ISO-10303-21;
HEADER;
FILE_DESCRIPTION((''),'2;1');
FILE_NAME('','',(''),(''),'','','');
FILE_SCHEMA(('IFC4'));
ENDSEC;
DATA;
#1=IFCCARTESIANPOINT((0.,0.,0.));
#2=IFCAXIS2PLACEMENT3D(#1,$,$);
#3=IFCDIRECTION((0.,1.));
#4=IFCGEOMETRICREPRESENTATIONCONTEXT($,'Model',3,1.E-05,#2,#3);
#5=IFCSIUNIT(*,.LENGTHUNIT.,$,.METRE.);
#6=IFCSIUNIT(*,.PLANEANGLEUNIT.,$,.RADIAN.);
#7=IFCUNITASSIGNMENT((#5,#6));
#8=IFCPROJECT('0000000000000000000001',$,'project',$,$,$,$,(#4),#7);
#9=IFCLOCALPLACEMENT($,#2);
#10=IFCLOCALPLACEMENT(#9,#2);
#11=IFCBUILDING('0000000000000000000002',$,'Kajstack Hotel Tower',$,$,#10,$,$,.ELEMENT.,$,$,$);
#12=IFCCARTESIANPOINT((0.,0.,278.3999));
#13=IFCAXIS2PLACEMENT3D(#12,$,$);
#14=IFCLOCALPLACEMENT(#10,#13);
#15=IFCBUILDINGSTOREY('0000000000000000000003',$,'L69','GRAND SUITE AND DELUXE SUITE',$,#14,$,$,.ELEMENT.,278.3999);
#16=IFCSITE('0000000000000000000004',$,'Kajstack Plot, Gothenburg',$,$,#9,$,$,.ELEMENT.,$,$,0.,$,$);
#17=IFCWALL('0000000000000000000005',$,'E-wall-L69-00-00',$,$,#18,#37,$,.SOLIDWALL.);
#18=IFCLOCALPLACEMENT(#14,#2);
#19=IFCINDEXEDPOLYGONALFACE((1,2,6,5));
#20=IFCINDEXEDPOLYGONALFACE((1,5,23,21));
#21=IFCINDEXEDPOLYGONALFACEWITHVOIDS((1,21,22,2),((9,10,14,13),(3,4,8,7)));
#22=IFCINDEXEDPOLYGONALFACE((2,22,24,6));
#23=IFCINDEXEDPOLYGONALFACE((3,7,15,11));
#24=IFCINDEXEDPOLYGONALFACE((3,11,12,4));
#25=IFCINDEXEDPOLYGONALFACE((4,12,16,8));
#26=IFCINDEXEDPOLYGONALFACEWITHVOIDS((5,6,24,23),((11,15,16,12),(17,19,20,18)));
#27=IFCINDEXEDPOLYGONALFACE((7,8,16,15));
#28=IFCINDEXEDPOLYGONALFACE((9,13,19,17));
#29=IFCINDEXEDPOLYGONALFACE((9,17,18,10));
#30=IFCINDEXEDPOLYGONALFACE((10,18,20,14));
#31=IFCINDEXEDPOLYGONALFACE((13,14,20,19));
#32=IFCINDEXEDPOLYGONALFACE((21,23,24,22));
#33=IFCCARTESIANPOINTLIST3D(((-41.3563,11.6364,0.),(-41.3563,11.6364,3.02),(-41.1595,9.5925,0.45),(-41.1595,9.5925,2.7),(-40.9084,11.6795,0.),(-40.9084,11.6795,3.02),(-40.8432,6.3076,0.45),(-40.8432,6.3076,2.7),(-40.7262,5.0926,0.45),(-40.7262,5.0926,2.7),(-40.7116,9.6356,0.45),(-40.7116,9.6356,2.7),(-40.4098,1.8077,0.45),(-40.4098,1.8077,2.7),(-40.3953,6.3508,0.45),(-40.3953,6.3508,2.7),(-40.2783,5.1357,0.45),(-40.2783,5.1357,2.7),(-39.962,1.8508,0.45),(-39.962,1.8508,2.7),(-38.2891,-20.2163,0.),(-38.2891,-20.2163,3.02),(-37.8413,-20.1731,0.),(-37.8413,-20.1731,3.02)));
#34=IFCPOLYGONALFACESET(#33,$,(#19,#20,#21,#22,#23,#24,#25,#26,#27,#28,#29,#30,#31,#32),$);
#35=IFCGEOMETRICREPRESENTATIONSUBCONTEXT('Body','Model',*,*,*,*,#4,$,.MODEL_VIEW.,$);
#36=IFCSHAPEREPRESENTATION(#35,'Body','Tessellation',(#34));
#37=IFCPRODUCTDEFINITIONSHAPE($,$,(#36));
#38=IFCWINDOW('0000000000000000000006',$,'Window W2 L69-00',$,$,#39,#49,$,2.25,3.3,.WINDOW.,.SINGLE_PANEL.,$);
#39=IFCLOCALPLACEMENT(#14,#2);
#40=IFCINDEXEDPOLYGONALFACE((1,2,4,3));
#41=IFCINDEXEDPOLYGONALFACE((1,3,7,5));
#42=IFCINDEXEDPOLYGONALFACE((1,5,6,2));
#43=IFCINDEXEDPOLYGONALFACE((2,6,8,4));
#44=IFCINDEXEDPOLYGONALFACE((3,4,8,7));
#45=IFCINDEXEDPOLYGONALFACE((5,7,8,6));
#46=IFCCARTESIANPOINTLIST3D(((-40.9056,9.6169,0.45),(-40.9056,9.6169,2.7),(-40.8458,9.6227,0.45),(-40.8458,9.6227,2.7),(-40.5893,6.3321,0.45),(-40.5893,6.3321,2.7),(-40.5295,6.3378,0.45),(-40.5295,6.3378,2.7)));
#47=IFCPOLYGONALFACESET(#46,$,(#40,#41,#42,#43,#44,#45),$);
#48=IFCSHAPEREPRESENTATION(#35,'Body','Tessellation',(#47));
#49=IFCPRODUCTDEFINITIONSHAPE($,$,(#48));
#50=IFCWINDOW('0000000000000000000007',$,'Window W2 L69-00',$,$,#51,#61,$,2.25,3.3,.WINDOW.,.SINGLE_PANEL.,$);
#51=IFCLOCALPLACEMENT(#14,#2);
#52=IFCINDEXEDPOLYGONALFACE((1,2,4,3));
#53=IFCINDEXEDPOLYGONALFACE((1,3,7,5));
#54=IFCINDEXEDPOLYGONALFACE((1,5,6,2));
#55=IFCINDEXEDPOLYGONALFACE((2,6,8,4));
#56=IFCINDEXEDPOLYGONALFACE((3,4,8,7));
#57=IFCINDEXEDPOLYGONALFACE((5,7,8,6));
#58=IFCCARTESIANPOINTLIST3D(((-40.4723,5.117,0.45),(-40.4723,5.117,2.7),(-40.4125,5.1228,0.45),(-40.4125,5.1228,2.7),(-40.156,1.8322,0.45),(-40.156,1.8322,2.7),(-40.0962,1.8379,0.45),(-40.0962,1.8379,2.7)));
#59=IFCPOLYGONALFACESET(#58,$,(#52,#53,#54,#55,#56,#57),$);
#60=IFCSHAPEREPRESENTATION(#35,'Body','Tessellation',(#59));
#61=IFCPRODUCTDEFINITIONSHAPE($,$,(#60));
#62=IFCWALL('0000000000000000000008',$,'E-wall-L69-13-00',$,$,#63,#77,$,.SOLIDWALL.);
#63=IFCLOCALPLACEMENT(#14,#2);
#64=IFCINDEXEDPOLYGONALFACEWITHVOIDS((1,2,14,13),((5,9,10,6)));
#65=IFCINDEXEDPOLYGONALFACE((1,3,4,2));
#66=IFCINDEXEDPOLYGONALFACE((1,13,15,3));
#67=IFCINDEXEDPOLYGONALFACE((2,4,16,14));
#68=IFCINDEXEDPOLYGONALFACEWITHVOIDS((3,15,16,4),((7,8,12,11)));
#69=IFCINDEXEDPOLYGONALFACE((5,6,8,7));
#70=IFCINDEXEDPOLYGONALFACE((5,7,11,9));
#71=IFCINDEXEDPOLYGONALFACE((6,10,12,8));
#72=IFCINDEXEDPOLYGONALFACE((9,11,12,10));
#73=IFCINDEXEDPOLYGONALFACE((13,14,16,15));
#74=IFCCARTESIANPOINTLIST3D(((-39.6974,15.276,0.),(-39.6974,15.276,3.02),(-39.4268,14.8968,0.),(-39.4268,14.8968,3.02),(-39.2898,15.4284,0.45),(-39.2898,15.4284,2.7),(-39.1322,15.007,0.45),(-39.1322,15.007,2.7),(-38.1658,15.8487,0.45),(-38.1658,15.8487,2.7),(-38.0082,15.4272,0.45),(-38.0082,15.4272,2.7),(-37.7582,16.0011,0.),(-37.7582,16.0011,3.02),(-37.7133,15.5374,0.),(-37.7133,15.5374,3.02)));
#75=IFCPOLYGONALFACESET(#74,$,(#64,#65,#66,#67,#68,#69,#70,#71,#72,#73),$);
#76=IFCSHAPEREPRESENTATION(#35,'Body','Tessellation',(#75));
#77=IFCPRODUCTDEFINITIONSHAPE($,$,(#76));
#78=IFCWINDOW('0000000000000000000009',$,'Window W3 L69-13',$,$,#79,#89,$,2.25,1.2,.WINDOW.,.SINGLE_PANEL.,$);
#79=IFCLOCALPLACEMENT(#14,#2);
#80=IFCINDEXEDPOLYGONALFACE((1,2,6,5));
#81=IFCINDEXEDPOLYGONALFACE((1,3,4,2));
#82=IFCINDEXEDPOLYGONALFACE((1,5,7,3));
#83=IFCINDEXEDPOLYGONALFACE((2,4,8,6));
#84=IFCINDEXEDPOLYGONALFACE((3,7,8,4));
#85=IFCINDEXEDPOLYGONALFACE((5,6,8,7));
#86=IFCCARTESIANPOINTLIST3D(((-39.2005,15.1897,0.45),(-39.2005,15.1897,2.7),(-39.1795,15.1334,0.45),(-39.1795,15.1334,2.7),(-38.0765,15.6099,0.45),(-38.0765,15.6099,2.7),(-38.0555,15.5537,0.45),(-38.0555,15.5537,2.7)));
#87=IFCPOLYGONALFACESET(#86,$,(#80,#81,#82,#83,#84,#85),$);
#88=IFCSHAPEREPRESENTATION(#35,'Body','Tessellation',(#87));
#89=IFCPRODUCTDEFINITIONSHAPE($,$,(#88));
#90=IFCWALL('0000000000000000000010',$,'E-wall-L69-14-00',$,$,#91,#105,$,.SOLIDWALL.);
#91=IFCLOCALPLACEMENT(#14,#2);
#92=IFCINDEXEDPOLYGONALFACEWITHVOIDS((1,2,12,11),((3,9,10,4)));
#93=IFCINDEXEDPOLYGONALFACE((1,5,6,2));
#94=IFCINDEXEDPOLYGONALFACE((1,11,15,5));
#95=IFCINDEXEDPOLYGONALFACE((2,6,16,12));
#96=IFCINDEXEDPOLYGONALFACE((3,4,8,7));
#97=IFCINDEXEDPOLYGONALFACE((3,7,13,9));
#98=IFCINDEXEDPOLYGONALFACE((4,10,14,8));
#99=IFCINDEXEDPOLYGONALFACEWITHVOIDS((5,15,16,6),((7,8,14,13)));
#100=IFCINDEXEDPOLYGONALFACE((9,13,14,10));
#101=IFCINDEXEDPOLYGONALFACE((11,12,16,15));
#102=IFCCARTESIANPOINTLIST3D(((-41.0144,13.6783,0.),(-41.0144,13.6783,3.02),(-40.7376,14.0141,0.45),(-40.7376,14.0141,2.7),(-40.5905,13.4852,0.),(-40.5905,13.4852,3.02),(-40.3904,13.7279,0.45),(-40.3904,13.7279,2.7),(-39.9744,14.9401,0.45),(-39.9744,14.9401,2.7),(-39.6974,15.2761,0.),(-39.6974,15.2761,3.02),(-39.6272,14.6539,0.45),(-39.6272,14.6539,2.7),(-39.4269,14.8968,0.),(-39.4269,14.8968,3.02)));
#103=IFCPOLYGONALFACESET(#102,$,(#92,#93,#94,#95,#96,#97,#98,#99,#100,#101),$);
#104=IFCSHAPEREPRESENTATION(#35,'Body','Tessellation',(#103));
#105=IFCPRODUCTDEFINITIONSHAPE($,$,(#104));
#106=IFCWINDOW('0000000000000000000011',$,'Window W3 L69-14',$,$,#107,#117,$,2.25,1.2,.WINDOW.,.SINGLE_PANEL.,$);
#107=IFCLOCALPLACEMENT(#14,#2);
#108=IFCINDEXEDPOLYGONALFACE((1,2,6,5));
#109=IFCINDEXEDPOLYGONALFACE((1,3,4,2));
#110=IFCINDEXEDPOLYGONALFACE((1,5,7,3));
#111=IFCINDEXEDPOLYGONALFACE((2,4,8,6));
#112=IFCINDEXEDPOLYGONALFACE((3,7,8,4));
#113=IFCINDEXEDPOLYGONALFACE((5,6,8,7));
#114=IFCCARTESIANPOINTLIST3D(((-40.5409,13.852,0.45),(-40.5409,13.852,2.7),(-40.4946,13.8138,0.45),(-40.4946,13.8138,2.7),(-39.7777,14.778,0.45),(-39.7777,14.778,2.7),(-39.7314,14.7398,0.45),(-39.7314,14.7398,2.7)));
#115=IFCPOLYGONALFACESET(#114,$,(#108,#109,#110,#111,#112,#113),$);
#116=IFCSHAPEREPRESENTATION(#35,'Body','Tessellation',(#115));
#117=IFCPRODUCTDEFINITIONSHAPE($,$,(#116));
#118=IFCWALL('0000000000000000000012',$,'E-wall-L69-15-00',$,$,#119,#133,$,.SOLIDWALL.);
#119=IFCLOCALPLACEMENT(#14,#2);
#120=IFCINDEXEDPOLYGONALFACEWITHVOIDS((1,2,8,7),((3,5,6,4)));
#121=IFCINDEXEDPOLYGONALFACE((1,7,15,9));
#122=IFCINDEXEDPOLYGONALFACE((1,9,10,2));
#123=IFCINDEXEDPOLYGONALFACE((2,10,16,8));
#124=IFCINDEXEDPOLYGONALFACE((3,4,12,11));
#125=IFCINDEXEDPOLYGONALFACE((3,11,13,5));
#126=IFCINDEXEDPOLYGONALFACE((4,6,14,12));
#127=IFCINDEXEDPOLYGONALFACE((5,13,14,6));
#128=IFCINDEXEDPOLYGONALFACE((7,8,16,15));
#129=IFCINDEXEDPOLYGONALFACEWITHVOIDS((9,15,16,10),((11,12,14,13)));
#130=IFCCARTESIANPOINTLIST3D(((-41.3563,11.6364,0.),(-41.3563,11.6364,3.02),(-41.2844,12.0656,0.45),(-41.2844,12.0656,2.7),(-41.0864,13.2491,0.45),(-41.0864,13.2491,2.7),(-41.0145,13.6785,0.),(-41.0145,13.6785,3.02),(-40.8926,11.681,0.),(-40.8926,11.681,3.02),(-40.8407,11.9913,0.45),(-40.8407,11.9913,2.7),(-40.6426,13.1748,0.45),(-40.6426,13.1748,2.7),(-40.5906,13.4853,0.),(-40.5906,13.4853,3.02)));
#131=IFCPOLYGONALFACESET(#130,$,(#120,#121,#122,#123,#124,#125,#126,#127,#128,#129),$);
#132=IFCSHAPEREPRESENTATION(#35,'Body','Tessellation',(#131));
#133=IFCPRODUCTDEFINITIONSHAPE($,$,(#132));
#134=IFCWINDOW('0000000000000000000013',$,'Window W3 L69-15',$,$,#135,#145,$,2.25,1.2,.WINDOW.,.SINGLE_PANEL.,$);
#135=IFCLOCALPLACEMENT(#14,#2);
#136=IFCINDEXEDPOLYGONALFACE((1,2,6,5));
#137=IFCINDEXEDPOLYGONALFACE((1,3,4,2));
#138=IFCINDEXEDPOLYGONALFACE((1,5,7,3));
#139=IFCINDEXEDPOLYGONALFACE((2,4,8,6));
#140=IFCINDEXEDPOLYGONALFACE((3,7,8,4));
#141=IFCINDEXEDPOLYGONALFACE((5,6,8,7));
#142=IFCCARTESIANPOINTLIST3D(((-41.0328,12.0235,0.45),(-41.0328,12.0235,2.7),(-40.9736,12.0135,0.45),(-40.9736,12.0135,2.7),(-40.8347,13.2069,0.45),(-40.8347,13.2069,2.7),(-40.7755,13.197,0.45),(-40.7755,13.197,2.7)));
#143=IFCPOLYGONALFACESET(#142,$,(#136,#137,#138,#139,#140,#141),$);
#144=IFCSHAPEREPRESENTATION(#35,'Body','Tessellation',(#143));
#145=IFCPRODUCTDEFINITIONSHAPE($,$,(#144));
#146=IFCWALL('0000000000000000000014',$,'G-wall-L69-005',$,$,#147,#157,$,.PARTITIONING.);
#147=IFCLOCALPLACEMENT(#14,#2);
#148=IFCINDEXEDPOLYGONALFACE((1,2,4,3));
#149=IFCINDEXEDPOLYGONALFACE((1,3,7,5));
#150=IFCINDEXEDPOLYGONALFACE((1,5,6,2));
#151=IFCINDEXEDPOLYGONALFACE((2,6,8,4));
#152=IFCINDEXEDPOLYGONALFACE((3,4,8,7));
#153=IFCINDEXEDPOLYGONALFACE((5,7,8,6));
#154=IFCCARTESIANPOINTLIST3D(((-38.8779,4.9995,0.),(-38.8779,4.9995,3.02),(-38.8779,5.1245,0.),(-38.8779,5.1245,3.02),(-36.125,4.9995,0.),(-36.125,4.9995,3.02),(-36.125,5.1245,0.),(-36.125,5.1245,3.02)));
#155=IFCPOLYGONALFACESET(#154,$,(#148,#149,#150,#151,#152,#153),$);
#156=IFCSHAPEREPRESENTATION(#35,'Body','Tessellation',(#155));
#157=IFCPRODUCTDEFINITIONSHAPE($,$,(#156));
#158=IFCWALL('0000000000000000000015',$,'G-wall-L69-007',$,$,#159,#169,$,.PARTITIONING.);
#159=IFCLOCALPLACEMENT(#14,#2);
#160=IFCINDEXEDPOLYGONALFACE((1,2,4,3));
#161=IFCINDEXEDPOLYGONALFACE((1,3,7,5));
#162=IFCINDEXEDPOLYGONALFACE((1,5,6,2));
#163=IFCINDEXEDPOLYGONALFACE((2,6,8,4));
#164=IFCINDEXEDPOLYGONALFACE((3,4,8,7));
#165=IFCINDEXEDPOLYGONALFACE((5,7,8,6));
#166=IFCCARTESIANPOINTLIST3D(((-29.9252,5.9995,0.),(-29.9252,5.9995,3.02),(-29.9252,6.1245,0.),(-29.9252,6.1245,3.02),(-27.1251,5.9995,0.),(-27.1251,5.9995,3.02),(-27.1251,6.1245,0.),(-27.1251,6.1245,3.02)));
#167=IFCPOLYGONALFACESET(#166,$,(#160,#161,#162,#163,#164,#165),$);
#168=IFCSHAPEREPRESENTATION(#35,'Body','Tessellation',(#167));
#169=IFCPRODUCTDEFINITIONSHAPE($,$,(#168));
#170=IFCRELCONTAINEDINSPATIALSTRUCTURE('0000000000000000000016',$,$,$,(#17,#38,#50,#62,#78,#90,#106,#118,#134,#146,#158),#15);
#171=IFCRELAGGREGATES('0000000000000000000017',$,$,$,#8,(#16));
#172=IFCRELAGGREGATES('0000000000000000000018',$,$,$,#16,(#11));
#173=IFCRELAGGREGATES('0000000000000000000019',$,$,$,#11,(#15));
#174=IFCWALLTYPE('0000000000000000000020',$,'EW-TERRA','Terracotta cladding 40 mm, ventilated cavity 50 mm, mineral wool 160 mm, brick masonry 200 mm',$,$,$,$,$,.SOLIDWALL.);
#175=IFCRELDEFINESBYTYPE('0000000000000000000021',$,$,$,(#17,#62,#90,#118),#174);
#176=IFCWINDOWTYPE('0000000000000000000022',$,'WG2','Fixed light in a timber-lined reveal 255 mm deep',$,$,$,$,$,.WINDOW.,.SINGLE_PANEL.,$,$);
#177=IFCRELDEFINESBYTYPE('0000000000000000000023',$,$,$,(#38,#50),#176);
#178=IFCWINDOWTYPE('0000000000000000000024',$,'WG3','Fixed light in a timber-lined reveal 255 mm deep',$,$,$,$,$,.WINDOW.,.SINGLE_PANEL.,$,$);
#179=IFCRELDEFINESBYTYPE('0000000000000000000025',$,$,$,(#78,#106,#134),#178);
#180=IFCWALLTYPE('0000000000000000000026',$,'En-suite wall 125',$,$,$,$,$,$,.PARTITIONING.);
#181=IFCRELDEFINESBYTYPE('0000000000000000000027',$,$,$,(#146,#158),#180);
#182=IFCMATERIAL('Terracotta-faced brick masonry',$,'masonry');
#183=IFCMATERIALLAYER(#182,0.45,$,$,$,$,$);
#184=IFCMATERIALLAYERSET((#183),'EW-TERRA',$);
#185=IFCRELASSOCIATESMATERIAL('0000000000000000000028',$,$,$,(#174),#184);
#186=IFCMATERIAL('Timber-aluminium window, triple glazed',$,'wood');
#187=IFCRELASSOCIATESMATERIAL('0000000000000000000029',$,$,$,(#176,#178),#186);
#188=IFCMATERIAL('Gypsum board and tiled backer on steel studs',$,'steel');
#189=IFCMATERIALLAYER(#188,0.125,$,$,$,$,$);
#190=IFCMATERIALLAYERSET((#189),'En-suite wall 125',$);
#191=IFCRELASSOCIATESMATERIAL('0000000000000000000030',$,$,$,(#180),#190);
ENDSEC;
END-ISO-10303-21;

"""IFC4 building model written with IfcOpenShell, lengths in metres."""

from ifc_helpers import new_model, si_unit, direction, frame, frame_2d, origin, place, context, subcontext, project, spatial, polyline, rectangle, outline, extrude, material, layer, layer_set, type_object, element, fill, save


model = new_model("IFC4")

# Units and contexts
model_context = context("Model", 3, precision=1e-05, world=origin(), true_north=direction((0.0, 1.0)))
body_context = subcontext(model_context, "Body", "Model", "MODEL_VIEW")
ifc_project = project(units=[si_unit("LENGTHUNIT", "METRE"), si_unit("PLANEANGLEUNIT", "RADIAN")], contexts=[model_context])

# Site, building, storey
site_placement = place(None, origin())
site = spatial("IfcSite", under=ifc_project, at=site_placement, Name="Kajstack Plot, Gothenburg", CompositionType="ELEMENT", RefElevation=0.0)
building_placement = place(site_placement, origin())
building = spatial("IfcBuilding", under=site, at=building_placement, Name="Kajstack Hotel Tower", CompositionType="ELEMENT")
storey_placement = place(building_placement, frame((0.0, 0.0, 278.3999)))
storey = spatial("IfcBuildingStorey", under=building, at=storey_placement, Name="L69", Description="GRAND SUITE AND DELUXE SUITE", CompositionType="ELEMENT", Elevation=278.3999)

# Wall, openings, windows
ifc_material_1 = material(Name="Terracotta-faced brick masonry", Category="masonry")
ifc_layer_1 = layer(ifc_material_1, 0.45)
ifc_layer_set_1 = layer_set([ifc_layer_1], Name="EW-TERRA")
wall_type_1 = type_object("IfcWallType", Name="EW-TERRA", Description="Terracotta cladding 40 mm, ventilated cavity 50 mm, mineral wool 160 mm, brick masonry 200 mm", PredefinedType="SOLIDWALL", material=ifc_layer_set_1)
wall_1_placement = place(storey_placement, frame((-41.1323, 11.658, 0.0), z_axis=(0.0, 0.0, 1.0), x_axis=(0.095848, -0.995396, 0.0)))
wall_1 = element("IfcWall", 1, at=wall_1_placement, inside=storey, type_object=wall_type_1, Name="E-wall-L69-00-00", PredefinedType="SOLIDWALL", context=body_context, shape_type="SweptSolid", body=[
    extrude(rectangle(XDim=32.0, YDim=0.45, at=frame_2d((16.0, 0.0))), origin(), (0.0, 0.0, 1.0), 3.02),
])
opening_1_placement = place(wall_1_placement, frame((2.0535, 0.0, 0.45)))
opening_1 = element("IfcOpeningElement", 2, at=opening_1_placement, cuts=wall_1, PredefinedType="OPENING", context=body_context, shape_type="SweptSolid", body=[
    extrude(rectangle(XDim=3.3, YDim=2.25, at=frame_2d((1.6499, 1.125))), frame((0.0, 0.2349, 0.0), z_axis=(0.0, -1.0, 0.0), x_axis=(1.0, 0.0, 0.0)), (0.0, 0.0, 1.0), 0.47),
])
opening_2_placement = place(wall_1_placement, frame((6.5742, 0.0, 0.45)))
opening_2 = element("IfcOpeningElement", 3, at=opening_2_placement, cuts=wall_1, PredefinedType="OPENING", context=body_context, shape_type="SweptSolid", body=[
    extrude(rectangle(XDim=3.3, YDim=2.25, at=frame_2d((1.6499, 1.125))), frame((0.0, 0.2349, 0.0), z_axis=(0.0, -1.0, 0.0), x_axis=(1.0, 0.0, 0.0)), (0.0, 0.0, 1.0), 0.47),
])
ifc_material_2 = material(Name="Timber-aluminium window, triple glazed", Category="wood")
window_type_1 = type_object("IfcWindowType", Name="WG2", Description="Fixed light in a timber-lined reveal 255 mm deep", PartitioningType="SINGLE_PANEL", PredefinedType="WINDOW", material=ifc_material_2)
window_1_placement = place(opening_1_placement, origin())
window_1 = element("IfcWindow", 4, at=window_1_placement, inside=storey, type_object=window_type_1, Name="Window W2 L69-00", OverallHeight=2.25, OverallWidth=3.3, PartitioningType="SINGLE_PANEL", PredefinedType="WINDOW", context=body_context, shape_type="SweptSolid", body=[
    extrude(rectangle(XDim=3.3, YDim=2.25, at=frame_2d((1.6499, 1.125))), frame((0.0, 0.0901, 0.0), z_axis=(0.0, -1.0, 0.0), x_axis=(1.0, 0.0, 0.0)), (0.0, 0.0, 1.0), 0.0601),
])
fill(opening_1, window_1)
window_2_placement = place(opening_2_placement, origin())
window_2 = element("IfcWindow", 5, at=window_2_placement, inside=storey, type_object=window_type_1, Name="Window W2 L69-00", OverallHeight=2.25, OverallWidth=3.3, PartitioningType="SINGLE_PANEL", PredefinedType="WINDOW", context=body_context, shape_type="SweptSolid", body=[
    extrude(rectangle(XDim=3.3, YDim=2.25, at=frame_2d((1.6499, 1.125))), frame((0.0, 0.0901, 0.0), z_axis=(0.0, -1.0, 0.0), x_axis=(1.0, 0.0, 0.0)), (0.0, 0.0, 1.0), 0.0601),
])
fill(opening_2, window_2)

# Walls, openings, windows
wall_2_placement = place(storey_placement, frame((-37.6792, 15.7905, 0.0), z_axis=(0.0, 0.0, 1.0), x_axis=(-0.936678, -0.350193, 0.0)))
wall_2 = element("IfcWall", 6, at=wall_2_placement, inside=storey, type_object=wall_type_1, Name="E-wall-L69-13-00", PredefinedType="SOLIDWALL", context=body_context, shape_type="SweptSolid", body=[
    extrude(outline(polyline([(0.0002, -0.2249), (2.0706, -0.2249), (1.95, 0.2251), (0.1206, 0.2251), (0.0002, -0.2249)])), origin(), (0.0, 0.0, 1.0), 3.02),
])
opening_3_placement = place(wall_2_placement, frame((0.4353, 0.0, 0.45)))
opening_3 = element("IfcOpeningElement", 7, at=opening_3_placement, cuts=wall_2, PredefinedType="OPENING", context=body_context, shape_type="SweptSolid", body=[
    extrude(rectangle(XDim=1.2, YDim=2.25, at=frame_2d((0.6001, 1.125))), frame((0.0, 0.2349, 0.0), z_axis=(0.0, -1.0, 0.0), x_axis=(1.0, 0.0, 0.0)), (0.0, 0.0, 1.0), 0.47),
])
window_type_2 = type_object("IfcWindowType", Name="WG3", Description="Fixed light in a timber-lined reveal 255 mm deep", PartitioningType="SINGLE_PANEL", PredefinedType="WINDOW", material=ifc_material_2)
window_3_placement = place(opening_3_placement, origin())
window_3 = element("IfcWindow", 8, at=window_3_placement, inside=storey, type_object=window_type_2, Name="Window W3 L69-13", OverallHeight=2.25, OverallWidth=1.2, PartitioningType="SINGLE_PANEL", PredefinedType="WINDOW", context=body_context, shape_type="SweptSolid", body=[
    extrude(rectangle(XDim=1.2, YDim=2.25, at=frame_2d((0.6001, 1.125))), frame((0.0, 0.0901, 0.0), z_axis=(0.0, -1.0, 0.0), x_axis=(1.0, 0.0, 0.0)), (0.0, 0.0, 1.0), 0.0601),
])
fill(opening_3, window_3)
wall_3_placement = place(storey_placement, frame((-39.5239, 15.1331, 0.0), z_axis=(0.0, 0.0, 1.0), x_axis=(-0.636046, -0.771651, 0.0)))
wall_3 = element("IfcWall", 9, at=wall_3_placement, inside=storey, type_object=wall_type_1, Name="E-wall-L69-14-00", PredefinedType="SOLIDWALL", context=body_context, shape_type="SweptSolid", body=[
    extrude(outline(polyline([(0.0, -0.2249), (2.0706, -0.2249), (1.95, 0.2251), (0.1206, 0.2251), (0.0, -0.2249)])), origin(), (0.0, 0.0, 1.0), 3.02),
])
opening_4_placement = place(wall_3_placement, frame((0.4353, 0.0, 0.45)))
opening_4 = element("IfcOpeningElement", 10, at=opening_4_placement, cuts=wall_3, PredefinedType="OPENING", context=body_context, shape_type="SweptSolid", body=[
    extrude(rectangle(XDim=1.2, YDim=2.25, at=frame_2d((0.6001, 1.125))), frame((0.0, 0.2349, 0.0), z_axis=(0.0, -1.0, 0.0), x_axis=(1.0, 0.0, 0.0)), (0.0, 0.0, 1.0), 0.47),
])
window_4_placement = place(opening_4_placement, origin())
window_4 = element("IfcWindow", 11, at=window_4_placement, inside=storey, type_object=window_type_2, Name="Window W3 L69-14", OverallHeight=2.25, OverallWidth=1.2, PartitioningType="SINGLE_PANEL", PredefinedType="WINDOW", context=body_context, shape_type="SweptSolid", body=[
    extrude(rectangle(XDim=1.2, YDim=2.25, at=frame_2d((0.6001, 1.125))), frame((0.0, 0.0901, 0.0), z_axis=(0.0, -1.0, 0.0), x_axis=(1.0, 0.0, 0.0)), (0.0, 0.0, 1.0), 0.0601),
])
fill(opening_4, window_4)
wall_4_placement = place(storey_placement, frame((-40.7925, 13.6414, 0.0), z_axis=(0.0, 0.0, 1.0), x_axis=(-0.165068, -0.986282, 0.0)))
wall_4 = element("IfcWall", 12, at=wall_4_placement, inside=storey, type_object=wall_type_1, Name="E-wall-L69-15-00", PredefinedType="SOLIDWALL", context=body_context, shape_type="SweptSolid", body=[
    extrude(outline(polyline([(0.0, -0.2251), (2.0706, -0.2251), (1.95, 0.2249), (0.1206, 0.2249), (0.0, -0.2251)])), origin(), (0.0, 0.0, 1.0), 3.02),
])
opening_5_placement = place(wall_4_placement, frame((0.4353, 0.0, 0.45)))
opening_5 = element("IfcOpeningElement", 13, at=opening_5_placement, cuts=wall_4, PredefinedType="OPENING", context=body_context, shape_type="SweptSolid", body=[
    extrude(rectangle(XDim=1.2, YDim=2.25, at=frame_2d((0.6001, 1.125))), frame((0.0, 0.2349, 0.0), z_axis=(0.0, -1.0, 0.0), x_axis=(1.0, 0.0, 0.0)), (0.0, 0.0, 1.0), 0.47),
])
window_5_placement = place(opening_5_placement, origin())
window_5 = element("IfcWindow", 14, at=window_5_placement, inside=storey, type_object=window_type_2, Name="Window W3 L69-15", OverallHeight=2.25, OverallWidth=1.2, PartitioningType="SINGLE_PANEL", PredefinedType="WINDOW", context=body_context, shape_type="SweptSolid", body=[
    extrude(rectangle(XDim=1.2, YDim=2.25, at=frame_2d((0.6001, 1.125))), frame((0.0, 0.0901, 0.0), z_axis=(0.0, -1.0, 0.0), x_axis=(1.0, 0.0, 0.0)), (0.0, 0.0, 1.0), 0.0601),
])
fill(opening_5, window_5)

# Walls
ifc_material_3 = material(Name="Gypsum board and tiled backer on steel studs", Category="steel")
ifc_layer_2 = layer(ifc_material_3, 0.125)
ifc_layer_set_2 = layer_set([ifc_layer_2], Name="En-suite wall 125")
wall_type_2 = type_object("IfcWallType", Name="En-suite wall 125", PredefinedType="PARTITIONING", material=ifc_layer_set_2)
wall_5_placement = place(storey_placement, frame((-38.8779, 5.062, 0.0), z_axis=(0.0, 0.0, 1.0), x_axis=(1.0, 0.0, 0.0)))
element("IfcWall", 15, at=wall_5_placement, inside=storey, type_object=wall_type_2, Name="G-wall-L69-005", PredefinedType="PARTITIONING", context=body_context, shape_type="SweptSolid", body=[
    extrude(rectangle(XDim=2.7529, YDim=0.125, at=frame_2d((1.3765, 0.0))), origin(), (0.0, 0.0, 1.0), 3.02),
])
wall_6_placement = place(storey_placement, frame((-29.925, 6.062, 0.0), z_axis=(0.0, 0.0, 1.0), x_axis=(1.0, 0.0, 0.0)))
element("IfcWall", 16, at=wall_6_placement, inside=storey, type_object=wall_type_2, Name="G-wall-L69-007", PredefinedType="PARTITIONING", context=body_context, shape_type="SweptSolid", body=[
    extrude(rectangle(XDim=2.8, YDim=0.125, at=frame_2d((1.3999, 0.0))), origin(), (0.0, 0.0, 1.0), 3.02),
])

save(model, "model.ifc")
